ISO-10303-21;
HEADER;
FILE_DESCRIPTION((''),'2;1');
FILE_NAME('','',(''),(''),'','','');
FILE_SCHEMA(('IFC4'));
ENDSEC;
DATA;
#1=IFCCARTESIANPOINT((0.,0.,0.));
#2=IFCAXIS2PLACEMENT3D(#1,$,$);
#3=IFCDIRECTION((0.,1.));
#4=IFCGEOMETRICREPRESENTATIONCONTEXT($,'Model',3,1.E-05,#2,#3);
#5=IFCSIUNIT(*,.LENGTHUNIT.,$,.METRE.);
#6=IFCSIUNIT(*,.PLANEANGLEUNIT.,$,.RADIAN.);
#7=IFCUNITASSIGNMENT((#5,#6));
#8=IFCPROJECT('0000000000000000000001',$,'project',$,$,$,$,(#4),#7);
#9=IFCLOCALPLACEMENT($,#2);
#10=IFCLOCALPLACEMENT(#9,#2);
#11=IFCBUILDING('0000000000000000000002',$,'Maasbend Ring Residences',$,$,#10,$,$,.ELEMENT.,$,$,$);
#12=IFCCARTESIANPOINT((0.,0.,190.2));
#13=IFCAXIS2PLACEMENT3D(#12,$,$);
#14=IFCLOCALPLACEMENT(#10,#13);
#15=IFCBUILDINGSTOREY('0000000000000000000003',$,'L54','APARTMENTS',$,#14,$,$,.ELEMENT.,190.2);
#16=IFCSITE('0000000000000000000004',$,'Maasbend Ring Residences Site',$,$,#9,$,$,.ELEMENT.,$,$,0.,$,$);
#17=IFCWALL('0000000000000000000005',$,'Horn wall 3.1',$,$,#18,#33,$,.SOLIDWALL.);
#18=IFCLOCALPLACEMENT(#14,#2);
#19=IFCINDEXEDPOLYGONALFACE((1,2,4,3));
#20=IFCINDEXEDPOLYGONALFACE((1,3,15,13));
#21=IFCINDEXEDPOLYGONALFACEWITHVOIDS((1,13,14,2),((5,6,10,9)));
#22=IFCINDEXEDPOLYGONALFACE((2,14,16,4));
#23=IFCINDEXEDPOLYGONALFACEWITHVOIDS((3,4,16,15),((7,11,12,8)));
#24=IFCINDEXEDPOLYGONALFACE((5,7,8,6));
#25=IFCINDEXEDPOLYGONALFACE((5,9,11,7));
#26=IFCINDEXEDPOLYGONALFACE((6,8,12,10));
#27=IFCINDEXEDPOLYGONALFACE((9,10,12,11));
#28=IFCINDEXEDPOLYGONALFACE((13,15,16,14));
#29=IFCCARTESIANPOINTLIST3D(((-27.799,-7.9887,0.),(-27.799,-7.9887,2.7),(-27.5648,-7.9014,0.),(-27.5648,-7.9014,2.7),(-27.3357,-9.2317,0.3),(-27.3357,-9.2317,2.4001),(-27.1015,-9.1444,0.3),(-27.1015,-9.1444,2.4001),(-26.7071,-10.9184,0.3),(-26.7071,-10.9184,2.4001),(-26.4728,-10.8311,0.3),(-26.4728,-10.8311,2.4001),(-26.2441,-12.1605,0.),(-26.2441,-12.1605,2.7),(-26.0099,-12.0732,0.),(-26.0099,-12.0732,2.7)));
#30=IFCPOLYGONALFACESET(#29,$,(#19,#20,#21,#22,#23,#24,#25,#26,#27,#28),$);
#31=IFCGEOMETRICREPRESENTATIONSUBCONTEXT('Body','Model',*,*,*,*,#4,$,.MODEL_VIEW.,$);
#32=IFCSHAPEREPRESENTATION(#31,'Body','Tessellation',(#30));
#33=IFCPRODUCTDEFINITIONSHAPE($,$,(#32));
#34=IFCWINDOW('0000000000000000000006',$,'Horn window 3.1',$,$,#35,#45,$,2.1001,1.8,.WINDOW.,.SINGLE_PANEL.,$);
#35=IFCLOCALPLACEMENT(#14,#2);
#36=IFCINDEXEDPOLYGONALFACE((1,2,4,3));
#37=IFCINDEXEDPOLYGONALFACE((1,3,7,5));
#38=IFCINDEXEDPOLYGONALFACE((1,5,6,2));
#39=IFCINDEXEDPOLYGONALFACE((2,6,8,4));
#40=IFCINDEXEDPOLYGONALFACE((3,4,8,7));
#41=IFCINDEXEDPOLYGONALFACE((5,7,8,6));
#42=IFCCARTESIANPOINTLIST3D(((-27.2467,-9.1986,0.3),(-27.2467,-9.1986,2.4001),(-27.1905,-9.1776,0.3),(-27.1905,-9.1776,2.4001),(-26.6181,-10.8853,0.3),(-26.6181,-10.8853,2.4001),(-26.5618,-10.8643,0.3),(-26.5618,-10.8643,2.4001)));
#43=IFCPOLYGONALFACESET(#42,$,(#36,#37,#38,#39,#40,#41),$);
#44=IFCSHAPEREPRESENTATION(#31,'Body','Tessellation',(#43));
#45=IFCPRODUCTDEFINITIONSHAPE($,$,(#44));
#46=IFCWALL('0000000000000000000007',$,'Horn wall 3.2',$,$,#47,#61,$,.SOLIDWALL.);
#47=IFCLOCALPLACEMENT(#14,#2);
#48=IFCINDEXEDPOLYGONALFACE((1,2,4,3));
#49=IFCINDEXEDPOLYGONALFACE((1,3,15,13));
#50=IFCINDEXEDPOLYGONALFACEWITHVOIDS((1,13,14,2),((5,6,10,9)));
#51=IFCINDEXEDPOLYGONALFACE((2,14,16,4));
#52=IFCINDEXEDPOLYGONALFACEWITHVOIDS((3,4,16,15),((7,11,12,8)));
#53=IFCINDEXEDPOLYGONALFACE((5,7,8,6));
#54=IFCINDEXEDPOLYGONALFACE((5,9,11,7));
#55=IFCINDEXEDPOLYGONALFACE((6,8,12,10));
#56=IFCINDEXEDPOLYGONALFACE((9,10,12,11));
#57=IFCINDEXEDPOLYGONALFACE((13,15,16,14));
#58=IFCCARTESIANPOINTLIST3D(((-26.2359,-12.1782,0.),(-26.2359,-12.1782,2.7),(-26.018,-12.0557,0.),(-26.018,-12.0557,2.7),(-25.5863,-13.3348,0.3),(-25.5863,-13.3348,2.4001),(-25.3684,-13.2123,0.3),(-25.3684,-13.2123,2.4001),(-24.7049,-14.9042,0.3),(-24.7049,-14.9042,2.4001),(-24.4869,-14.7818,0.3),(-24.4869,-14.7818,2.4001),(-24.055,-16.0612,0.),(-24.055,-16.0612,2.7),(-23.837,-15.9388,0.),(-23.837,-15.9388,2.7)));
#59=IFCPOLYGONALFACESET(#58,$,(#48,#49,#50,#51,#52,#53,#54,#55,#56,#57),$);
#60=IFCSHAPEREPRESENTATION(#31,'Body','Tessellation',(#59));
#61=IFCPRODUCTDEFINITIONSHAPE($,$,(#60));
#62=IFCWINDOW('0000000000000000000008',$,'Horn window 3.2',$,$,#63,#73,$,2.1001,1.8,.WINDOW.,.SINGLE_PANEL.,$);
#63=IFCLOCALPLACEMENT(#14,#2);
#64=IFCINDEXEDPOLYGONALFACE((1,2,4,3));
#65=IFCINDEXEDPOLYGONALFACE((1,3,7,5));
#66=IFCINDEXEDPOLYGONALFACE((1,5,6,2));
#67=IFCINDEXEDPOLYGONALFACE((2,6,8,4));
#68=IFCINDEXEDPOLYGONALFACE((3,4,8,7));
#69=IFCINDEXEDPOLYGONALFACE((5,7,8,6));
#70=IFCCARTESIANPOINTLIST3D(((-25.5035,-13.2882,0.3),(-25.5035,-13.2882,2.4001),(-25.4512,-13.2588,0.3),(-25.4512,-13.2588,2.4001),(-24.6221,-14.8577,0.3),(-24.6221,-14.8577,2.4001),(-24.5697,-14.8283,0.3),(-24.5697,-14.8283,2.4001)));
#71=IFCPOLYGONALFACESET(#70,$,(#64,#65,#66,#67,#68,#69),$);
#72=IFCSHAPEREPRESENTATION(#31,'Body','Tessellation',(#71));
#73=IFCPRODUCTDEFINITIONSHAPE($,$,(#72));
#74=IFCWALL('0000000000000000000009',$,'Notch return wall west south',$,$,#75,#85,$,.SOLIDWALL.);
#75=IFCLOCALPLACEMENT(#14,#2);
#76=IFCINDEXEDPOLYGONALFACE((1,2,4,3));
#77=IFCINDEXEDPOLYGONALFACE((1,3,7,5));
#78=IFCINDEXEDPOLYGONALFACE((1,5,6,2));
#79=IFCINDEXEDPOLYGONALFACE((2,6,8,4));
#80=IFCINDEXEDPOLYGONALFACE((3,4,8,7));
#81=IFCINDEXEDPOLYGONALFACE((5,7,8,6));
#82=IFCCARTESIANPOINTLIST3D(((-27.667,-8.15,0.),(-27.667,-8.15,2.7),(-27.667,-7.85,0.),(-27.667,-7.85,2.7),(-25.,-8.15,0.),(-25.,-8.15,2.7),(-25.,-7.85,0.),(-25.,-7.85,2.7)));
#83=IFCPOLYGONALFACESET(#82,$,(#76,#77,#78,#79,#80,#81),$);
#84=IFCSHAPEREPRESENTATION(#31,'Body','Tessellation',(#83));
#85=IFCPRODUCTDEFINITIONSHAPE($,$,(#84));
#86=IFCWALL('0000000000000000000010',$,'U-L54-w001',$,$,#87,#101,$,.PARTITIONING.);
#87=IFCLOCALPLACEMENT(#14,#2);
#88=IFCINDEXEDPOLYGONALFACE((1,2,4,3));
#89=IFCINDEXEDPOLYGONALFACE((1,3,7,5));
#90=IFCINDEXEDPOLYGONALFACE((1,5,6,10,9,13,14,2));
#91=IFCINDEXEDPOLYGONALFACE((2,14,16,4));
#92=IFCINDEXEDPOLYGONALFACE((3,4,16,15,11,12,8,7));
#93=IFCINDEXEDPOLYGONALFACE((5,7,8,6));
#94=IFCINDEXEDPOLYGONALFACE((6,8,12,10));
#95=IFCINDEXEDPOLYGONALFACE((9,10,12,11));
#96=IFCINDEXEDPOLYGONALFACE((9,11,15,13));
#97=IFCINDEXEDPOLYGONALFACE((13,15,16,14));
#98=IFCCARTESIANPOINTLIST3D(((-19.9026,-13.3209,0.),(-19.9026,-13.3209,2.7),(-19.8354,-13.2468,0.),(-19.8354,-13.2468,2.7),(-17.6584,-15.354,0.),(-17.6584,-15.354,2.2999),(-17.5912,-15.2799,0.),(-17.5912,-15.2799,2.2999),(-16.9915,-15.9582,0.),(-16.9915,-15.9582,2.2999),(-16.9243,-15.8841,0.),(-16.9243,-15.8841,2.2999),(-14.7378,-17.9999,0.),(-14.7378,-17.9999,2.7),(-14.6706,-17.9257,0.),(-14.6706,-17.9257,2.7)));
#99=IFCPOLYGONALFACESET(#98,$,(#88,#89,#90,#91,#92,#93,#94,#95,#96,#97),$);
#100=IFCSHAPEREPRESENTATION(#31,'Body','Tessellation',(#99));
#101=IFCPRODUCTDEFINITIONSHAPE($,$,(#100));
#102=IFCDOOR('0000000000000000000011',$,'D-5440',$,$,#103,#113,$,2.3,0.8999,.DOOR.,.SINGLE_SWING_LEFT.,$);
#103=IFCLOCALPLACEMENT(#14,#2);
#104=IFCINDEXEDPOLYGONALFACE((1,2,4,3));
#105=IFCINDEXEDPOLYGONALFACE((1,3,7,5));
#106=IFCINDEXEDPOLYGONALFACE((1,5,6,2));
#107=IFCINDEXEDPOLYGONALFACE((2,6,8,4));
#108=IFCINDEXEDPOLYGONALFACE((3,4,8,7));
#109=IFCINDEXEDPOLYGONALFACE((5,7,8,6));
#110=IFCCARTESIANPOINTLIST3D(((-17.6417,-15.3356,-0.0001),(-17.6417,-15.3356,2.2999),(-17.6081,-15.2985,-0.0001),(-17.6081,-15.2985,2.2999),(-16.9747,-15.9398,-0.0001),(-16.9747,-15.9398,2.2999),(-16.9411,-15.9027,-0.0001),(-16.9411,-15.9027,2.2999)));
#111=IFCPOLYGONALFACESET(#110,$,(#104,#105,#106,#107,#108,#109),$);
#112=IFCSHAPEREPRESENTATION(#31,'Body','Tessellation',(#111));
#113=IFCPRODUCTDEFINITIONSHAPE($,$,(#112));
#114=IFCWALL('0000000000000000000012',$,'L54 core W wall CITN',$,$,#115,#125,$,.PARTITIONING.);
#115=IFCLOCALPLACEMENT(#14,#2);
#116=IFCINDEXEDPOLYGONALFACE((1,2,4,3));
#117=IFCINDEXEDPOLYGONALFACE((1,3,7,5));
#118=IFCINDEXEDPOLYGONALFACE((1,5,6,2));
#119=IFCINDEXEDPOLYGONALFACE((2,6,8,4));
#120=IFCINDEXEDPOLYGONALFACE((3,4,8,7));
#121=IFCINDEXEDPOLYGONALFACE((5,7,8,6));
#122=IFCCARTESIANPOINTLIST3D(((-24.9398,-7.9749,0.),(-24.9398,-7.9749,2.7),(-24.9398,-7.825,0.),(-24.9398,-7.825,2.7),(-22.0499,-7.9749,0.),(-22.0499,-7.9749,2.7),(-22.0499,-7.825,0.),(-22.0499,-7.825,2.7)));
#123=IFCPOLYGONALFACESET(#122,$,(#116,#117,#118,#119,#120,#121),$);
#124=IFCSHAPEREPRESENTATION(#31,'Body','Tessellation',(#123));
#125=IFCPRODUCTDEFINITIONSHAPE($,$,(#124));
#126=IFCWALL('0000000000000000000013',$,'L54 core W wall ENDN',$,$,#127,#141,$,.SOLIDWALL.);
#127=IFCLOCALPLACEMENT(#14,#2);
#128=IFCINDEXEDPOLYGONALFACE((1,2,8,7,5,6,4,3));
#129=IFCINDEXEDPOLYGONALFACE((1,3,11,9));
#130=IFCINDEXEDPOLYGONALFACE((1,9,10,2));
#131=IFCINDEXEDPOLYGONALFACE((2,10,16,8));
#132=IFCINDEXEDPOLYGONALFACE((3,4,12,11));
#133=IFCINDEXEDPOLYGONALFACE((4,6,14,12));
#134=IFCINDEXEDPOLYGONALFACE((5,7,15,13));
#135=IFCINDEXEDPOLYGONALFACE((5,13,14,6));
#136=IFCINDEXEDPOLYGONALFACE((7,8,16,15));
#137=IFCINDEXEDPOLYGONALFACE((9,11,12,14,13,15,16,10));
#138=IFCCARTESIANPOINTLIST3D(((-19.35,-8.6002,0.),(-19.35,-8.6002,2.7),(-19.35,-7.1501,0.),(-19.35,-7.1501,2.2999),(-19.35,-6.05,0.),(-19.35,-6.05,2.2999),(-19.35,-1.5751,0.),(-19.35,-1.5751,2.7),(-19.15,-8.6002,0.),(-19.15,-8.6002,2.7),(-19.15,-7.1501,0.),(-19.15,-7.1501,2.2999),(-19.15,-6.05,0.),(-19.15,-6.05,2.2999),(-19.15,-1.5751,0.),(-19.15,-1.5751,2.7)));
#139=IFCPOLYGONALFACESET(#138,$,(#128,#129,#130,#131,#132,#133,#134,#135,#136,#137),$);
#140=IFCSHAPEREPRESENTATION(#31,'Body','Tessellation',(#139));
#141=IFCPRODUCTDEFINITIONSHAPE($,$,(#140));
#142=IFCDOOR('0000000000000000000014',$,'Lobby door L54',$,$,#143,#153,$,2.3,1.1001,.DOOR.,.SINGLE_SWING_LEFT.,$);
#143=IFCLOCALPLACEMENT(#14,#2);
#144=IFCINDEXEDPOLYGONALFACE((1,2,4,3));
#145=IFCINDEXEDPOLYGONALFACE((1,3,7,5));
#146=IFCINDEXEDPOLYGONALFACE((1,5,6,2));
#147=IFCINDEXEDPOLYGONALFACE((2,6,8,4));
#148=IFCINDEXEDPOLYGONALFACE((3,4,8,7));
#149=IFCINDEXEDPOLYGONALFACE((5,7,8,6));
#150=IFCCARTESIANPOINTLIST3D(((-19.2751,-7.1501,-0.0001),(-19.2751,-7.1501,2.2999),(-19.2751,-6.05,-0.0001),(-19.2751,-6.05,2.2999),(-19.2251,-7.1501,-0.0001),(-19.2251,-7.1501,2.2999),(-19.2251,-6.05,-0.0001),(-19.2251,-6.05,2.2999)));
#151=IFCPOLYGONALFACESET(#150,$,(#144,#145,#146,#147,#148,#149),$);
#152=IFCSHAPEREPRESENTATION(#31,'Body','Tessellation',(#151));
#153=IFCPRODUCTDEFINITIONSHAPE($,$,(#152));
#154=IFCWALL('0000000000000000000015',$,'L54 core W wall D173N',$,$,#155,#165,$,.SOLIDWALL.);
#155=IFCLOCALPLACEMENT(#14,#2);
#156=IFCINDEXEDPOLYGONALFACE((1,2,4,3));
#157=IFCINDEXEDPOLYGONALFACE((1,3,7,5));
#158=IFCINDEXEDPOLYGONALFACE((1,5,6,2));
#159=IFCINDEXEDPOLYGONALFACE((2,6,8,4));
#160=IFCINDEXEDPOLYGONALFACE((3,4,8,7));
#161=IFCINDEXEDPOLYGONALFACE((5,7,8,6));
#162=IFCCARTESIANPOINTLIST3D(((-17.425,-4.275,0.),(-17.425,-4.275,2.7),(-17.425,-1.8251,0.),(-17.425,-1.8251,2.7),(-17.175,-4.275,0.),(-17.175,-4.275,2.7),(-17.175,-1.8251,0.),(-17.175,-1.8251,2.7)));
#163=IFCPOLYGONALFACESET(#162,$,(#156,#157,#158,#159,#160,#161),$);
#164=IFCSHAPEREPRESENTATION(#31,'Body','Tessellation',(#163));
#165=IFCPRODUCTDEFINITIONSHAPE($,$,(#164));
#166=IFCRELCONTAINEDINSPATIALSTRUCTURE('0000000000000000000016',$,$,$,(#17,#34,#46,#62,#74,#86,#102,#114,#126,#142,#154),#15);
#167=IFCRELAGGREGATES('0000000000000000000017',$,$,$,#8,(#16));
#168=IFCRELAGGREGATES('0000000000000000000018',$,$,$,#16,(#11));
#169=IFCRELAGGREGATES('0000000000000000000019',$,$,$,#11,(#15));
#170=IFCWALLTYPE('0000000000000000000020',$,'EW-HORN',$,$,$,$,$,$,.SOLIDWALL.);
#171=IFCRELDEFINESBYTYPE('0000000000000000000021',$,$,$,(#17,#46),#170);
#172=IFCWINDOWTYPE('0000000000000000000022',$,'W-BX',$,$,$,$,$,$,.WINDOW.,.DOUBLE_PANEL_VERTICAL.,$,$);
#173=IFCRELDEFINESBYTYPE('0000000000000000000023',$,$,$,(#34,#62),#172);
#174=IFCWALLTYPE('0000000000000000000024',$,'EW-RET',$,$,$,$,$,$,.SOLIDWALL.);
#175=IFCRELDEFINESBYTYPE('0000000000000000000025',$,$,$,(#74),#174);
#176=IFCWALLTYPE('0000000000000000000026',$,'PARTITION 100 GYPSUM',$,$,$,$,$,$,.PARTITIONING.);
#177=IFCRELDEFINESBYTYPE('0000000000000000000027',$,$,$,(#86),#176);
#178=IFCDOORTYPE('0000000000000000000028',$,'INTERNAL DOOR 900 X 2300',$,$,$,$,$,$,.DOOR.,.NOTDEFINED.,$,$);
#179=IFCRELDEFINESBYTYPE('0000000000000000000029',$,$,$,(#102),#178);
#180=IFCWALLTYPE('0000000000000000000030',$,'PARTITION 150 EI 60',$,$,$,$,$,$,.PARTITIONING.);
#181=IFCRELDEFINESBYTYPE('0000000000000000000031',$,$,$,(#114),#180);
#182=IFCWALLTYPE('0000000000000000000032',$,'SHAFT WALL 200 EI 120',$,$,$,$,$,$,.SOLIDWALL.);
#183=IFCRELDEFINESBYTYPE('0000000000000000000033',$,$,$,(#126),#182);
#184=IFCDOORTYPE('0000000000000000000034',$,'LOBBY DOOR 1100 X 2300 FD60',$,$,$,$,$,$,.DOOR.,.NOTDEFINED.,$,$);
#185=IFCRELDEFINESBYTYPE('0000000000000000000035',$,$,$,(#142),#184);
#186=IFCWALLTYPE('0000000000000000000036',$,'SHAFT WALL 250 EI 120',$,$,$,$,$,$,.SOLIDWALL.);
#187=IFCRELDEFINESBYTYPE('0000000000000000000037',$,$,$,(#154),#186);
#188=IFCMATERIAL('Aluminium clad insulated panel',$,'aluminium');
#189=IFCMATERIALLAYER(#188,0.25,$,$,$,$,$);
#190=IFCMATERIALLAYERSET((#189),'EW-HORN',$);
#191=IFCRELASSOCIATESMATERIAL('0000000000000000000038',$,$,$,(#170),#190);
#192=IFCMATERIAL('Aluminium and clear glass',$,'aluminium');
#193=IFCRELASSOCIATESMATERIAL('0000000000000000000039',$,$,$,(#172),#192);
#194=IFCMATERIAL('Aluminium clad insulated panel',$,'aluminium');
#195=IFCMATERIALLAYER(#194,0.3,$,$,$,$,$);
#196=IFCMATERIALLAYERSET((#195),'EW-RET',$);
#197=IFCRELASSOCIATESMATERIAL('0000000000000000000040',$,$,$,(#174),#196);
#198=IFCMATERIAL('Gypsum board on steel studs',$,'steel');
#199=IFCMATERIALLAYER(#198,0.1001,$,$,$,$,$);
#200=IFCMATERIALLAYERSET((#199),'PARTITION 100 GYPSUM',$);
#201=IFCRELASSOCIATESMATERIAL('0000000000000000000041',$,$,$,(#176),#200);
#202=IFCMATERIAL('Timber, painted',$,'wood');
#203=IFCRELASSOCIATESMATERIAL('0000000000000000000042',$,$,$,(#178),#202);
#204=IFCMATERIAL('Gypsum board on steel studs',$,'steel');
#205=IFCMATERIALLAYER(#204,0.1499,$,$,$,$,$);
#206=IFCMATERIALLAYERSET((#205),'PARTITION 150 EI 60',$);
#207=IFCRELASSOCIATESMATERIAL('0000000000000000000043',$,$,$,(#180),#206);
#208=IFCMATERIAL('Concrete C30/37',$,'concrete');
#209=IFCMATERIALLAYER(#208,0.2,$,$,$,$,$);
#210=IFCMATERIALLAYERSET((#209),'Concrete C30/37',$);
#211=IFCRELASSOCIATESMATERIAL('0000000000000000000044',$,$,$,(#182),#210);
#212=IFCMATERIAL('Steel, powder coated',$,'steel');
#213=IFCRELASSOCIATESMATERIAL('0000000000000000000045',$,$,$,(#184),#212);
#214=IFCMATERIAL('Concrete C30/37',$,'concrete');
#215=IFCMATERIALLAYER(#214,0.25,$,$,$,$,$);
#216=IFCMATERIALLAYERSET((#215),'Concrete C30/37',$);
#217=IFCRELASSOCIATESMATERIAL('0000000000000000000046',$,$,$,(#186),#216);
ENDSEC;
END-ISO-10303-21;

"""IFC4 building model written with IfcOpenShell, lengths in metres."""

from ifc_helpers import new_model, si_unit, direction, frame, frame_2d, origin, place, context, subcontext, project, spatial, rectangle, extrude, material, layer, layer_set, type_object, element, fill, save


model = new_model("IFC4")

# Units and contexts
model_context = context("Model", 3, precision=1e-05, world=origin(), true_north=direction((0.0, 1.0)))
body_context = subcontext(model_context, "Body", "Model", "MODEL_VIEW")
ifc_project = project(units=[si_unit("LENGTHUNIT", "METRE"), si_unit("PLANEANGLEUNIT", "RADIAN")], contexts=[model_context])

# Site, building, storey
site_placement = place(None, origin())
site = spatial("IfcSite", under=ifc_project, at=site_placement, Name="Maasbend Ring Residences Site", CompositionType="ELEMENT", RefElevation=0.0)
building_placement = place(site_placement, origin())
building = spatial("IfcBuilding", under=site, at=building_placement, Name="Maasbend Ring Residences", CompositionType="ELEMENT")
storey_placement = place(building_placement, frame((0.0, 0.0, 190.2)))
storey = spatial("IfcBuildingStorey", under=building, at=storey_placement, Name="L54", Description="APARTMENTS", CompositionType="ELEMENT", Elevation=190.2)

# Walls, openings, windows
ifc_material_1 = material(Name="Aluminium clad insulated panel", Category="aluminium")
ifc_layer_1 = layer(ifc_material_1, 0.25)
ifc_layer_set_1 = layer_set([ifc_layer_1], Name="EW-HORN")
wall_type_1 = type_object("IfcWallType", Name="EW-HORN", PredefinedType="SOLIDWALL", material=ifc_layer_set_1)
wall_1_placement = place(storey_placement, frame((-27.6819, -7.9451, 0.0), z_axis=(0.0, 0.0, 1.0), x_axis=(0.349248, -0.93703, 0.0)))
wall_1 = element("IfcWall", 1, at=wall_1_placement, inside=storey, type_object=wall_type_1, Name="Horn wall 3.1", PredefinedType="SOLIDWALL", context=body_context, shape_type="SweptSolid", body=[
    extrude(rectangle(XDim=4.4521, YDim=0.25, at=frame_2d((2.2261, 0.0))), origin(), (0.0, 0.0, 1.0), 2.7),
])
opening_1_placement = place(wall_1_placement, frame((1.3267, 0.0, 0.3)))
opening_1 = element("IfcOpeningElement", 2, at=opening_1_placement, cuts=wall_1, PredefinedType="OPENING", context=body_context, shape_type="SweptSolid", body=[
    extrude(rectangle(XDim=1.8, YDim=2.1001, at=frame_2d((0.8999, 1.05))), frame((0.0, 0.135, 0.0), z_axis=(0.0, -1.0, 0.0), x_axis=(1.0, 0.0, 0.0)), (0.0, 0.0, 1.0), 0.27),
])
ifc_material_2 = material(Name="Aluminium and clear glass", Category="aluminium")
window_type = type_object("IfcWindowType", Name="W-BX", PartitioningType="DOUBLE_PANEL_VERTICAL", PredefinedType="WINDOW", material=ifc_material_2)
window_1_placement = place(opening_1_placement, origin())
window_1 = element("IfcWindow", 3, at=window_1_placement, inside=storey, type_object=window_type, Name="Horn window 3.1", OverallHeight=2.1001, OverallWidth=1.8, PartitioningType="SINGLE_PANEL", PredefinedType="WINDOW", context=body_context, shape_type="SweptSolid", body=[
    extrude(rectangle(XDim=1.8, YDim=2.1001, at=frame_2d((0.8999, 1.05))), frame((0.0, 0.03, 0.0), z_axis=(0.0, -1.0, 0.0), x_axis=(1.0, 0.0, 0.0)), (0.0, 0.0, 1.0), 0.0601),
])
fill(opening_1, window_1)
wall_2_placement = place(storey_placement, frame((-26.127, -12.1169, 0.0), z_axis=(0.0, 0.0, 1.0), x_axis=(0.489696, -0.871893, 0.0)))
wall_2 = element("IfcWall", 4, at=wall_2_placement, inside=storey, type_object=wall_type_1, Name="Horn wall 3.2", PredefinedType="SOLIDWALL", context=body_context, shape_type="SweptSolid", body=[
    extrude(rectangle(XDim=4.4536, YDim=0.25, at=frame_2d((2.2268, 0.0))), origin(), (0.0, 0.0, 1.0), 2.7),
])
opening_2_placement = place(wall_2_placement, frame((1.3267, 0.0, 0.3)))
opening_2 = element("IfcOpeningElement", 5, at=opening_2_placement, cuts=wall_2, PredefinedType="OPENING", context=body_context, shape_type="SweptSolid", body=[
    extrude(rectangle(XDim=1.8, YDim=2.1001, at=frame_2d((0.8999, 1.05))), frame((0.0, 0.135, 0.0), z_axis=(0.0, -1.0, 0.0), x_axis=(1.0, 0.0, 0.0)), (0.0, 0.0, 1.0), 0.27),
])
window_2_placement = place(opening_2_placement, origin())
window_2 = element("IfcWindow", 6, at=window_2_placement, inside=storey, type_object=window_type, Name="Horn window 3.2", OverallHeight=2.1001, OverallWidth=1.8, PartitioningType="SINGLE_PANEL", PredefinedType="WINDOW", context=body_context, shape_type="SweptSolid", body=[
    extrude(rectangle(XDim=1.8, YDim=2.1001, at=frame_2d((0.8999, 1.05))), frame((0.0, 0.03, 0.0), z_axis=(0.0, -1.0, 0.0), x_axis=(1.0, 0.0, 0.0)), (0.0, 0.0, 1.0), 0.0601),
])
fill(opening_2, window_2)

# Wall
ifc_material_3 = material(Name="Aluminium clad insulated panel", Category="aluminium")
ifc_layer_2 = layer(ifc_material_3, 0.3)
ifc_layer_set_2 = layer_set([ifc_layer_2], Name="EW-RET")
wall_type_2 = type_object("IfcWallType", Name="EW-RET", PredefinedType="SOLIDWALL", material=ifc_layer_set_2)
wall_3_placement = place(storey_placement, frame((-25.0, -8.0, 0.0), z_axis=(0.0, 0.0, 1.0), x_axis=(-1.0, 0.0, 0.0)))
element("IfcWall", 7, at=wall_3_placement, inside=storey, type_object=wall_type_2, Name="Notch return wall west south", PredefinedType="SOLIDWALL", context=body_context, shape_type="SweptSolid", body=[
    extrude(rectangle(XDim=2.667, YDim=0.3, at=frame_2d((1.3335, 0.0))), origin(), (0.0, 0.0, 1.0), 2.7),
])

# Wall, opening, door
ifc_material_4 = material(Name="Gypsum board on steel studs", Category="steel")
ifc_layer_3 = layer(ifc_material_4, 0.1001)
ifc_layer_set_3 = layer_set([ifc_layer_3], Name="PARTITION 100 GYPSUM")
wall_type_3 = type_object("IfcWallType", Name="PARTITION 100 GYPSUM", PredefinedType="PARTITIONING", material=ifc_layer_set_3)
wall_4_placement = place(storey_placement, frame((-19.8689, -13.2839, 0.0), z_axis=(0.0, 0.0, 1.0), x_axis=(0.741104, -0.67139, 0.0)))
wall_4 = element("IfcWall", 8, at=wall_4_placement, inside=storey, type_object=wall_type_3, Name="U-L54-w001", PredefinedType="PARTITIONING", context=body_context, shape_type="SweptSolid", body=[
    extrude(rectangle(XDim=6.969, YDim=0.1001, at=frame_2d((3.4844, 0.0))), origin(), (0.0, 0.0, 1.0), 2.7),
])
opening_3_placement = place(wall_4_placement, frame((3.0281, 0.0, 0.0)))
opening_3 = element("IfcOpeningElement", 9, at=opening_3_placement, cuts=wall_4, PredefinedType="OPENING", context=body_context, shape_type="SweptSolid", body=[
    extrude(rectangle(XDim=0.8999, YDim=2.3, at=frame_2d((0.45, 1.1499))), frame((0.0, 0.0601, 0.0), z_axis=(0.0, -1.0, 0.0), x_axis=(1.0, 0.0, 0.0)), (0.0, 0.0, 1.0), 0.1201),
])
ifc_material_5 = material(Name="Timber, painted", Category="wood")
door_type_1 = type_object("IfcDoorType", Name="INTERNAL DOOR 900 X 2300", OperationType="NOTDEFINED", PredefinedType="DOOR", material=ifc_material_5)
door_1_placement = place(opening_3_placement, origin())
door_1 = element("IfcDoor", 10, at=door_1_placement, inside=storey, type_object=door_type_1, Name="D-5440", OperationType="SINGLE_SWING_LEFT", OverallHeight=2.3, OverallWidth=0.8999, PredefinedType="DOOR", context=body_context, shape_type="SweptSolid", body=[
    extrude(rectangle(XDim=0.8999, YDim=2.3, at=frame_2d((0.45, 1.1499))), frame((0.0, 0.0249, 0.0), z_axis=(0.0, -1.0, 0.0), x_axis=(1.0, 0.0, 0.0)), (0.0, 0.0, 1.0), 0.05),
])
fill(opening_3, door_1)

# Wall
ifc_material_6 = material(Name="Gypsum board on steel studs", Category="steel")
ifc_layer_4 = layer(ifc_material_6, 0.1499)
ifc_layer_set_4 = layer_set([ifc_layer_4], Name="PARTITION 150 EI 60")
wall_type_4 = type_object("IfcWallType", Name="PARTITION 150 EI 60", PredefinedType="PARTITIONING", material=ifc_layer_set_4)
wall_5_placement = place(storey_placement, frame((-22.05, -7.8999, 0.0), z_axis=(0.0, 0.0, 1.0), x_axis=(-1.0, 0.0, 0.0)))
element("IfcWall", 11, at=wall_5_placement, inside=storey, type_object=wall_type_4, Name="L54 core W wall CITN", PredefinedType="PARTITIONING", context=body_context, shape_type="SweptSolid", body=[
    extrude(rectangle(XDim=2.8899, YDim=0.1499, at=frame_2d((1.4448, 0.0))), origin(), (0.0, 0.0, 1.0), 2.7),
])

# Wall, opening, door
ifc_material_7 = material(Name="Concrete C30/37", Category="concrete")
ifc_layer_5 = layer(ifc_material_7, 0.2)
ifc_layer_set_5 = layer_set([ifc_layer_5], Name="Concrete C30/37")
wall_type_5 = type_object("IfcWallType", Name="SHAFT WALL 200 EI 120", PredefinedType="SOLIDWALL", material=ifc_layer_set_5)
wall_6_placement = place(storey_placement, frame((-19.25, -1.575, 0.0), z_axis=(0.0, 0.0, 1.0), x_axis=(0.0, -1.0, 0.0)))
wall_6 = element("IfcWall", 12, at=wall_6_placement, inside=storey, type_object=wall_type_5, Name="L54 core W wall ENDN", PredefinedType="SOLIDWALL", context=body_context, shape_type="SweptSolid", body=[
    extrude(rectangle(XDim=7.0251, YDim=0.2, at=frame_2d((3.5127, 0.0))), origin(), (0.0, 0.0, 1.0), 2.7),
])
opening_4_placement = place(wall_6_placement, frame((4.4751, 0.0, 0.0)))
opening_4 = element("IfcOpeningElement", 13, at=opening_4_placement, cuts=wall_6, PredefinedType="OPENING", context=body_context, shape_type="SweptSolid", body=[
    extrude(rectangle(XDim=1.1001, YDim=2.3, at=frame_2d((0.55, 1.1499))), frame((0.0, 0.1099, 0.0), z_axis=(0.0, -1.0, 0.0), x_axis=(1.0, 0.0, 0.0)), (0.0, 0.0, 1.0), 0.22),
])
ifc_material_8 = material(Name="Steel, powder coated", Category="steel")
door_type_2 = type_object("IfcDoorType", Name="LOBBY DOOR 1100 X 2300 FD60", OperationType="NOTDEFINED", PredefinedType="DOOR", material=ifc_material_8)
door_2_placement = place(opening_4_placement, origin())
door_2 = element("IfcDoor", 14, at=door_2_placement, inside=storey, type_object=door_type_2, Name="Lobby door L54", OperationType="SINGLE_SWING_LEFT", OverallHeight=2.3, OverallWidth=1.1001, PredefinedType="DOOR", context=body_context, shape_type="SweptSolid", body=[
    extrude(rectangle(XDim=1.1001, YDim=2.3, at=frame_2d((0.55, 1.1499))), frame((0.0, 0.0249, 0.0), z_axis=(0.0, -1.0, 0.0), x_axis=(1.0, 0.0, 0.0)), (0.0, 0.0, 1.0), 0.05),
])
fill(opening_4, door_2)

# Wall
ifc_material_9 = material(Name="Concrete C30/37", Category="concrete")
ifc_layer_6 = layer(ifc_material_9, 0.25)
ifc_layer_set_6 = layer_set([ifc_layer_6], Name="Concrete C30/37")
wall_type_6 = type_object("IfcWallType", Name="SHAFT WALL 250 EI 120", PredefinedType="SOLIDWALL", material=ifc_layer_set_6)
wall_7_placement = place(storey_placement, frame((-17.3, -1.825, 0.0), z_axis=(0.0, 0.0, 1.0), x_axis=(0.0, -1.0, 0.0)))
element("IfcWall", 15, at=wall_7_placement, inside=storey, type_object=wall_type_6, Name="L54 core W wall D173N", PredefinedType="SOLIDWALL", context=body_context, shape_type="SweptSolid", body=[
    extrude(rectangle(XDim=2.45, YDim=0.25, at=frame_2d((1.2251, 0.0))), origin(), (0.0, 0.0, 1.0), 2.7),
])

save(model, "model.ifc")
